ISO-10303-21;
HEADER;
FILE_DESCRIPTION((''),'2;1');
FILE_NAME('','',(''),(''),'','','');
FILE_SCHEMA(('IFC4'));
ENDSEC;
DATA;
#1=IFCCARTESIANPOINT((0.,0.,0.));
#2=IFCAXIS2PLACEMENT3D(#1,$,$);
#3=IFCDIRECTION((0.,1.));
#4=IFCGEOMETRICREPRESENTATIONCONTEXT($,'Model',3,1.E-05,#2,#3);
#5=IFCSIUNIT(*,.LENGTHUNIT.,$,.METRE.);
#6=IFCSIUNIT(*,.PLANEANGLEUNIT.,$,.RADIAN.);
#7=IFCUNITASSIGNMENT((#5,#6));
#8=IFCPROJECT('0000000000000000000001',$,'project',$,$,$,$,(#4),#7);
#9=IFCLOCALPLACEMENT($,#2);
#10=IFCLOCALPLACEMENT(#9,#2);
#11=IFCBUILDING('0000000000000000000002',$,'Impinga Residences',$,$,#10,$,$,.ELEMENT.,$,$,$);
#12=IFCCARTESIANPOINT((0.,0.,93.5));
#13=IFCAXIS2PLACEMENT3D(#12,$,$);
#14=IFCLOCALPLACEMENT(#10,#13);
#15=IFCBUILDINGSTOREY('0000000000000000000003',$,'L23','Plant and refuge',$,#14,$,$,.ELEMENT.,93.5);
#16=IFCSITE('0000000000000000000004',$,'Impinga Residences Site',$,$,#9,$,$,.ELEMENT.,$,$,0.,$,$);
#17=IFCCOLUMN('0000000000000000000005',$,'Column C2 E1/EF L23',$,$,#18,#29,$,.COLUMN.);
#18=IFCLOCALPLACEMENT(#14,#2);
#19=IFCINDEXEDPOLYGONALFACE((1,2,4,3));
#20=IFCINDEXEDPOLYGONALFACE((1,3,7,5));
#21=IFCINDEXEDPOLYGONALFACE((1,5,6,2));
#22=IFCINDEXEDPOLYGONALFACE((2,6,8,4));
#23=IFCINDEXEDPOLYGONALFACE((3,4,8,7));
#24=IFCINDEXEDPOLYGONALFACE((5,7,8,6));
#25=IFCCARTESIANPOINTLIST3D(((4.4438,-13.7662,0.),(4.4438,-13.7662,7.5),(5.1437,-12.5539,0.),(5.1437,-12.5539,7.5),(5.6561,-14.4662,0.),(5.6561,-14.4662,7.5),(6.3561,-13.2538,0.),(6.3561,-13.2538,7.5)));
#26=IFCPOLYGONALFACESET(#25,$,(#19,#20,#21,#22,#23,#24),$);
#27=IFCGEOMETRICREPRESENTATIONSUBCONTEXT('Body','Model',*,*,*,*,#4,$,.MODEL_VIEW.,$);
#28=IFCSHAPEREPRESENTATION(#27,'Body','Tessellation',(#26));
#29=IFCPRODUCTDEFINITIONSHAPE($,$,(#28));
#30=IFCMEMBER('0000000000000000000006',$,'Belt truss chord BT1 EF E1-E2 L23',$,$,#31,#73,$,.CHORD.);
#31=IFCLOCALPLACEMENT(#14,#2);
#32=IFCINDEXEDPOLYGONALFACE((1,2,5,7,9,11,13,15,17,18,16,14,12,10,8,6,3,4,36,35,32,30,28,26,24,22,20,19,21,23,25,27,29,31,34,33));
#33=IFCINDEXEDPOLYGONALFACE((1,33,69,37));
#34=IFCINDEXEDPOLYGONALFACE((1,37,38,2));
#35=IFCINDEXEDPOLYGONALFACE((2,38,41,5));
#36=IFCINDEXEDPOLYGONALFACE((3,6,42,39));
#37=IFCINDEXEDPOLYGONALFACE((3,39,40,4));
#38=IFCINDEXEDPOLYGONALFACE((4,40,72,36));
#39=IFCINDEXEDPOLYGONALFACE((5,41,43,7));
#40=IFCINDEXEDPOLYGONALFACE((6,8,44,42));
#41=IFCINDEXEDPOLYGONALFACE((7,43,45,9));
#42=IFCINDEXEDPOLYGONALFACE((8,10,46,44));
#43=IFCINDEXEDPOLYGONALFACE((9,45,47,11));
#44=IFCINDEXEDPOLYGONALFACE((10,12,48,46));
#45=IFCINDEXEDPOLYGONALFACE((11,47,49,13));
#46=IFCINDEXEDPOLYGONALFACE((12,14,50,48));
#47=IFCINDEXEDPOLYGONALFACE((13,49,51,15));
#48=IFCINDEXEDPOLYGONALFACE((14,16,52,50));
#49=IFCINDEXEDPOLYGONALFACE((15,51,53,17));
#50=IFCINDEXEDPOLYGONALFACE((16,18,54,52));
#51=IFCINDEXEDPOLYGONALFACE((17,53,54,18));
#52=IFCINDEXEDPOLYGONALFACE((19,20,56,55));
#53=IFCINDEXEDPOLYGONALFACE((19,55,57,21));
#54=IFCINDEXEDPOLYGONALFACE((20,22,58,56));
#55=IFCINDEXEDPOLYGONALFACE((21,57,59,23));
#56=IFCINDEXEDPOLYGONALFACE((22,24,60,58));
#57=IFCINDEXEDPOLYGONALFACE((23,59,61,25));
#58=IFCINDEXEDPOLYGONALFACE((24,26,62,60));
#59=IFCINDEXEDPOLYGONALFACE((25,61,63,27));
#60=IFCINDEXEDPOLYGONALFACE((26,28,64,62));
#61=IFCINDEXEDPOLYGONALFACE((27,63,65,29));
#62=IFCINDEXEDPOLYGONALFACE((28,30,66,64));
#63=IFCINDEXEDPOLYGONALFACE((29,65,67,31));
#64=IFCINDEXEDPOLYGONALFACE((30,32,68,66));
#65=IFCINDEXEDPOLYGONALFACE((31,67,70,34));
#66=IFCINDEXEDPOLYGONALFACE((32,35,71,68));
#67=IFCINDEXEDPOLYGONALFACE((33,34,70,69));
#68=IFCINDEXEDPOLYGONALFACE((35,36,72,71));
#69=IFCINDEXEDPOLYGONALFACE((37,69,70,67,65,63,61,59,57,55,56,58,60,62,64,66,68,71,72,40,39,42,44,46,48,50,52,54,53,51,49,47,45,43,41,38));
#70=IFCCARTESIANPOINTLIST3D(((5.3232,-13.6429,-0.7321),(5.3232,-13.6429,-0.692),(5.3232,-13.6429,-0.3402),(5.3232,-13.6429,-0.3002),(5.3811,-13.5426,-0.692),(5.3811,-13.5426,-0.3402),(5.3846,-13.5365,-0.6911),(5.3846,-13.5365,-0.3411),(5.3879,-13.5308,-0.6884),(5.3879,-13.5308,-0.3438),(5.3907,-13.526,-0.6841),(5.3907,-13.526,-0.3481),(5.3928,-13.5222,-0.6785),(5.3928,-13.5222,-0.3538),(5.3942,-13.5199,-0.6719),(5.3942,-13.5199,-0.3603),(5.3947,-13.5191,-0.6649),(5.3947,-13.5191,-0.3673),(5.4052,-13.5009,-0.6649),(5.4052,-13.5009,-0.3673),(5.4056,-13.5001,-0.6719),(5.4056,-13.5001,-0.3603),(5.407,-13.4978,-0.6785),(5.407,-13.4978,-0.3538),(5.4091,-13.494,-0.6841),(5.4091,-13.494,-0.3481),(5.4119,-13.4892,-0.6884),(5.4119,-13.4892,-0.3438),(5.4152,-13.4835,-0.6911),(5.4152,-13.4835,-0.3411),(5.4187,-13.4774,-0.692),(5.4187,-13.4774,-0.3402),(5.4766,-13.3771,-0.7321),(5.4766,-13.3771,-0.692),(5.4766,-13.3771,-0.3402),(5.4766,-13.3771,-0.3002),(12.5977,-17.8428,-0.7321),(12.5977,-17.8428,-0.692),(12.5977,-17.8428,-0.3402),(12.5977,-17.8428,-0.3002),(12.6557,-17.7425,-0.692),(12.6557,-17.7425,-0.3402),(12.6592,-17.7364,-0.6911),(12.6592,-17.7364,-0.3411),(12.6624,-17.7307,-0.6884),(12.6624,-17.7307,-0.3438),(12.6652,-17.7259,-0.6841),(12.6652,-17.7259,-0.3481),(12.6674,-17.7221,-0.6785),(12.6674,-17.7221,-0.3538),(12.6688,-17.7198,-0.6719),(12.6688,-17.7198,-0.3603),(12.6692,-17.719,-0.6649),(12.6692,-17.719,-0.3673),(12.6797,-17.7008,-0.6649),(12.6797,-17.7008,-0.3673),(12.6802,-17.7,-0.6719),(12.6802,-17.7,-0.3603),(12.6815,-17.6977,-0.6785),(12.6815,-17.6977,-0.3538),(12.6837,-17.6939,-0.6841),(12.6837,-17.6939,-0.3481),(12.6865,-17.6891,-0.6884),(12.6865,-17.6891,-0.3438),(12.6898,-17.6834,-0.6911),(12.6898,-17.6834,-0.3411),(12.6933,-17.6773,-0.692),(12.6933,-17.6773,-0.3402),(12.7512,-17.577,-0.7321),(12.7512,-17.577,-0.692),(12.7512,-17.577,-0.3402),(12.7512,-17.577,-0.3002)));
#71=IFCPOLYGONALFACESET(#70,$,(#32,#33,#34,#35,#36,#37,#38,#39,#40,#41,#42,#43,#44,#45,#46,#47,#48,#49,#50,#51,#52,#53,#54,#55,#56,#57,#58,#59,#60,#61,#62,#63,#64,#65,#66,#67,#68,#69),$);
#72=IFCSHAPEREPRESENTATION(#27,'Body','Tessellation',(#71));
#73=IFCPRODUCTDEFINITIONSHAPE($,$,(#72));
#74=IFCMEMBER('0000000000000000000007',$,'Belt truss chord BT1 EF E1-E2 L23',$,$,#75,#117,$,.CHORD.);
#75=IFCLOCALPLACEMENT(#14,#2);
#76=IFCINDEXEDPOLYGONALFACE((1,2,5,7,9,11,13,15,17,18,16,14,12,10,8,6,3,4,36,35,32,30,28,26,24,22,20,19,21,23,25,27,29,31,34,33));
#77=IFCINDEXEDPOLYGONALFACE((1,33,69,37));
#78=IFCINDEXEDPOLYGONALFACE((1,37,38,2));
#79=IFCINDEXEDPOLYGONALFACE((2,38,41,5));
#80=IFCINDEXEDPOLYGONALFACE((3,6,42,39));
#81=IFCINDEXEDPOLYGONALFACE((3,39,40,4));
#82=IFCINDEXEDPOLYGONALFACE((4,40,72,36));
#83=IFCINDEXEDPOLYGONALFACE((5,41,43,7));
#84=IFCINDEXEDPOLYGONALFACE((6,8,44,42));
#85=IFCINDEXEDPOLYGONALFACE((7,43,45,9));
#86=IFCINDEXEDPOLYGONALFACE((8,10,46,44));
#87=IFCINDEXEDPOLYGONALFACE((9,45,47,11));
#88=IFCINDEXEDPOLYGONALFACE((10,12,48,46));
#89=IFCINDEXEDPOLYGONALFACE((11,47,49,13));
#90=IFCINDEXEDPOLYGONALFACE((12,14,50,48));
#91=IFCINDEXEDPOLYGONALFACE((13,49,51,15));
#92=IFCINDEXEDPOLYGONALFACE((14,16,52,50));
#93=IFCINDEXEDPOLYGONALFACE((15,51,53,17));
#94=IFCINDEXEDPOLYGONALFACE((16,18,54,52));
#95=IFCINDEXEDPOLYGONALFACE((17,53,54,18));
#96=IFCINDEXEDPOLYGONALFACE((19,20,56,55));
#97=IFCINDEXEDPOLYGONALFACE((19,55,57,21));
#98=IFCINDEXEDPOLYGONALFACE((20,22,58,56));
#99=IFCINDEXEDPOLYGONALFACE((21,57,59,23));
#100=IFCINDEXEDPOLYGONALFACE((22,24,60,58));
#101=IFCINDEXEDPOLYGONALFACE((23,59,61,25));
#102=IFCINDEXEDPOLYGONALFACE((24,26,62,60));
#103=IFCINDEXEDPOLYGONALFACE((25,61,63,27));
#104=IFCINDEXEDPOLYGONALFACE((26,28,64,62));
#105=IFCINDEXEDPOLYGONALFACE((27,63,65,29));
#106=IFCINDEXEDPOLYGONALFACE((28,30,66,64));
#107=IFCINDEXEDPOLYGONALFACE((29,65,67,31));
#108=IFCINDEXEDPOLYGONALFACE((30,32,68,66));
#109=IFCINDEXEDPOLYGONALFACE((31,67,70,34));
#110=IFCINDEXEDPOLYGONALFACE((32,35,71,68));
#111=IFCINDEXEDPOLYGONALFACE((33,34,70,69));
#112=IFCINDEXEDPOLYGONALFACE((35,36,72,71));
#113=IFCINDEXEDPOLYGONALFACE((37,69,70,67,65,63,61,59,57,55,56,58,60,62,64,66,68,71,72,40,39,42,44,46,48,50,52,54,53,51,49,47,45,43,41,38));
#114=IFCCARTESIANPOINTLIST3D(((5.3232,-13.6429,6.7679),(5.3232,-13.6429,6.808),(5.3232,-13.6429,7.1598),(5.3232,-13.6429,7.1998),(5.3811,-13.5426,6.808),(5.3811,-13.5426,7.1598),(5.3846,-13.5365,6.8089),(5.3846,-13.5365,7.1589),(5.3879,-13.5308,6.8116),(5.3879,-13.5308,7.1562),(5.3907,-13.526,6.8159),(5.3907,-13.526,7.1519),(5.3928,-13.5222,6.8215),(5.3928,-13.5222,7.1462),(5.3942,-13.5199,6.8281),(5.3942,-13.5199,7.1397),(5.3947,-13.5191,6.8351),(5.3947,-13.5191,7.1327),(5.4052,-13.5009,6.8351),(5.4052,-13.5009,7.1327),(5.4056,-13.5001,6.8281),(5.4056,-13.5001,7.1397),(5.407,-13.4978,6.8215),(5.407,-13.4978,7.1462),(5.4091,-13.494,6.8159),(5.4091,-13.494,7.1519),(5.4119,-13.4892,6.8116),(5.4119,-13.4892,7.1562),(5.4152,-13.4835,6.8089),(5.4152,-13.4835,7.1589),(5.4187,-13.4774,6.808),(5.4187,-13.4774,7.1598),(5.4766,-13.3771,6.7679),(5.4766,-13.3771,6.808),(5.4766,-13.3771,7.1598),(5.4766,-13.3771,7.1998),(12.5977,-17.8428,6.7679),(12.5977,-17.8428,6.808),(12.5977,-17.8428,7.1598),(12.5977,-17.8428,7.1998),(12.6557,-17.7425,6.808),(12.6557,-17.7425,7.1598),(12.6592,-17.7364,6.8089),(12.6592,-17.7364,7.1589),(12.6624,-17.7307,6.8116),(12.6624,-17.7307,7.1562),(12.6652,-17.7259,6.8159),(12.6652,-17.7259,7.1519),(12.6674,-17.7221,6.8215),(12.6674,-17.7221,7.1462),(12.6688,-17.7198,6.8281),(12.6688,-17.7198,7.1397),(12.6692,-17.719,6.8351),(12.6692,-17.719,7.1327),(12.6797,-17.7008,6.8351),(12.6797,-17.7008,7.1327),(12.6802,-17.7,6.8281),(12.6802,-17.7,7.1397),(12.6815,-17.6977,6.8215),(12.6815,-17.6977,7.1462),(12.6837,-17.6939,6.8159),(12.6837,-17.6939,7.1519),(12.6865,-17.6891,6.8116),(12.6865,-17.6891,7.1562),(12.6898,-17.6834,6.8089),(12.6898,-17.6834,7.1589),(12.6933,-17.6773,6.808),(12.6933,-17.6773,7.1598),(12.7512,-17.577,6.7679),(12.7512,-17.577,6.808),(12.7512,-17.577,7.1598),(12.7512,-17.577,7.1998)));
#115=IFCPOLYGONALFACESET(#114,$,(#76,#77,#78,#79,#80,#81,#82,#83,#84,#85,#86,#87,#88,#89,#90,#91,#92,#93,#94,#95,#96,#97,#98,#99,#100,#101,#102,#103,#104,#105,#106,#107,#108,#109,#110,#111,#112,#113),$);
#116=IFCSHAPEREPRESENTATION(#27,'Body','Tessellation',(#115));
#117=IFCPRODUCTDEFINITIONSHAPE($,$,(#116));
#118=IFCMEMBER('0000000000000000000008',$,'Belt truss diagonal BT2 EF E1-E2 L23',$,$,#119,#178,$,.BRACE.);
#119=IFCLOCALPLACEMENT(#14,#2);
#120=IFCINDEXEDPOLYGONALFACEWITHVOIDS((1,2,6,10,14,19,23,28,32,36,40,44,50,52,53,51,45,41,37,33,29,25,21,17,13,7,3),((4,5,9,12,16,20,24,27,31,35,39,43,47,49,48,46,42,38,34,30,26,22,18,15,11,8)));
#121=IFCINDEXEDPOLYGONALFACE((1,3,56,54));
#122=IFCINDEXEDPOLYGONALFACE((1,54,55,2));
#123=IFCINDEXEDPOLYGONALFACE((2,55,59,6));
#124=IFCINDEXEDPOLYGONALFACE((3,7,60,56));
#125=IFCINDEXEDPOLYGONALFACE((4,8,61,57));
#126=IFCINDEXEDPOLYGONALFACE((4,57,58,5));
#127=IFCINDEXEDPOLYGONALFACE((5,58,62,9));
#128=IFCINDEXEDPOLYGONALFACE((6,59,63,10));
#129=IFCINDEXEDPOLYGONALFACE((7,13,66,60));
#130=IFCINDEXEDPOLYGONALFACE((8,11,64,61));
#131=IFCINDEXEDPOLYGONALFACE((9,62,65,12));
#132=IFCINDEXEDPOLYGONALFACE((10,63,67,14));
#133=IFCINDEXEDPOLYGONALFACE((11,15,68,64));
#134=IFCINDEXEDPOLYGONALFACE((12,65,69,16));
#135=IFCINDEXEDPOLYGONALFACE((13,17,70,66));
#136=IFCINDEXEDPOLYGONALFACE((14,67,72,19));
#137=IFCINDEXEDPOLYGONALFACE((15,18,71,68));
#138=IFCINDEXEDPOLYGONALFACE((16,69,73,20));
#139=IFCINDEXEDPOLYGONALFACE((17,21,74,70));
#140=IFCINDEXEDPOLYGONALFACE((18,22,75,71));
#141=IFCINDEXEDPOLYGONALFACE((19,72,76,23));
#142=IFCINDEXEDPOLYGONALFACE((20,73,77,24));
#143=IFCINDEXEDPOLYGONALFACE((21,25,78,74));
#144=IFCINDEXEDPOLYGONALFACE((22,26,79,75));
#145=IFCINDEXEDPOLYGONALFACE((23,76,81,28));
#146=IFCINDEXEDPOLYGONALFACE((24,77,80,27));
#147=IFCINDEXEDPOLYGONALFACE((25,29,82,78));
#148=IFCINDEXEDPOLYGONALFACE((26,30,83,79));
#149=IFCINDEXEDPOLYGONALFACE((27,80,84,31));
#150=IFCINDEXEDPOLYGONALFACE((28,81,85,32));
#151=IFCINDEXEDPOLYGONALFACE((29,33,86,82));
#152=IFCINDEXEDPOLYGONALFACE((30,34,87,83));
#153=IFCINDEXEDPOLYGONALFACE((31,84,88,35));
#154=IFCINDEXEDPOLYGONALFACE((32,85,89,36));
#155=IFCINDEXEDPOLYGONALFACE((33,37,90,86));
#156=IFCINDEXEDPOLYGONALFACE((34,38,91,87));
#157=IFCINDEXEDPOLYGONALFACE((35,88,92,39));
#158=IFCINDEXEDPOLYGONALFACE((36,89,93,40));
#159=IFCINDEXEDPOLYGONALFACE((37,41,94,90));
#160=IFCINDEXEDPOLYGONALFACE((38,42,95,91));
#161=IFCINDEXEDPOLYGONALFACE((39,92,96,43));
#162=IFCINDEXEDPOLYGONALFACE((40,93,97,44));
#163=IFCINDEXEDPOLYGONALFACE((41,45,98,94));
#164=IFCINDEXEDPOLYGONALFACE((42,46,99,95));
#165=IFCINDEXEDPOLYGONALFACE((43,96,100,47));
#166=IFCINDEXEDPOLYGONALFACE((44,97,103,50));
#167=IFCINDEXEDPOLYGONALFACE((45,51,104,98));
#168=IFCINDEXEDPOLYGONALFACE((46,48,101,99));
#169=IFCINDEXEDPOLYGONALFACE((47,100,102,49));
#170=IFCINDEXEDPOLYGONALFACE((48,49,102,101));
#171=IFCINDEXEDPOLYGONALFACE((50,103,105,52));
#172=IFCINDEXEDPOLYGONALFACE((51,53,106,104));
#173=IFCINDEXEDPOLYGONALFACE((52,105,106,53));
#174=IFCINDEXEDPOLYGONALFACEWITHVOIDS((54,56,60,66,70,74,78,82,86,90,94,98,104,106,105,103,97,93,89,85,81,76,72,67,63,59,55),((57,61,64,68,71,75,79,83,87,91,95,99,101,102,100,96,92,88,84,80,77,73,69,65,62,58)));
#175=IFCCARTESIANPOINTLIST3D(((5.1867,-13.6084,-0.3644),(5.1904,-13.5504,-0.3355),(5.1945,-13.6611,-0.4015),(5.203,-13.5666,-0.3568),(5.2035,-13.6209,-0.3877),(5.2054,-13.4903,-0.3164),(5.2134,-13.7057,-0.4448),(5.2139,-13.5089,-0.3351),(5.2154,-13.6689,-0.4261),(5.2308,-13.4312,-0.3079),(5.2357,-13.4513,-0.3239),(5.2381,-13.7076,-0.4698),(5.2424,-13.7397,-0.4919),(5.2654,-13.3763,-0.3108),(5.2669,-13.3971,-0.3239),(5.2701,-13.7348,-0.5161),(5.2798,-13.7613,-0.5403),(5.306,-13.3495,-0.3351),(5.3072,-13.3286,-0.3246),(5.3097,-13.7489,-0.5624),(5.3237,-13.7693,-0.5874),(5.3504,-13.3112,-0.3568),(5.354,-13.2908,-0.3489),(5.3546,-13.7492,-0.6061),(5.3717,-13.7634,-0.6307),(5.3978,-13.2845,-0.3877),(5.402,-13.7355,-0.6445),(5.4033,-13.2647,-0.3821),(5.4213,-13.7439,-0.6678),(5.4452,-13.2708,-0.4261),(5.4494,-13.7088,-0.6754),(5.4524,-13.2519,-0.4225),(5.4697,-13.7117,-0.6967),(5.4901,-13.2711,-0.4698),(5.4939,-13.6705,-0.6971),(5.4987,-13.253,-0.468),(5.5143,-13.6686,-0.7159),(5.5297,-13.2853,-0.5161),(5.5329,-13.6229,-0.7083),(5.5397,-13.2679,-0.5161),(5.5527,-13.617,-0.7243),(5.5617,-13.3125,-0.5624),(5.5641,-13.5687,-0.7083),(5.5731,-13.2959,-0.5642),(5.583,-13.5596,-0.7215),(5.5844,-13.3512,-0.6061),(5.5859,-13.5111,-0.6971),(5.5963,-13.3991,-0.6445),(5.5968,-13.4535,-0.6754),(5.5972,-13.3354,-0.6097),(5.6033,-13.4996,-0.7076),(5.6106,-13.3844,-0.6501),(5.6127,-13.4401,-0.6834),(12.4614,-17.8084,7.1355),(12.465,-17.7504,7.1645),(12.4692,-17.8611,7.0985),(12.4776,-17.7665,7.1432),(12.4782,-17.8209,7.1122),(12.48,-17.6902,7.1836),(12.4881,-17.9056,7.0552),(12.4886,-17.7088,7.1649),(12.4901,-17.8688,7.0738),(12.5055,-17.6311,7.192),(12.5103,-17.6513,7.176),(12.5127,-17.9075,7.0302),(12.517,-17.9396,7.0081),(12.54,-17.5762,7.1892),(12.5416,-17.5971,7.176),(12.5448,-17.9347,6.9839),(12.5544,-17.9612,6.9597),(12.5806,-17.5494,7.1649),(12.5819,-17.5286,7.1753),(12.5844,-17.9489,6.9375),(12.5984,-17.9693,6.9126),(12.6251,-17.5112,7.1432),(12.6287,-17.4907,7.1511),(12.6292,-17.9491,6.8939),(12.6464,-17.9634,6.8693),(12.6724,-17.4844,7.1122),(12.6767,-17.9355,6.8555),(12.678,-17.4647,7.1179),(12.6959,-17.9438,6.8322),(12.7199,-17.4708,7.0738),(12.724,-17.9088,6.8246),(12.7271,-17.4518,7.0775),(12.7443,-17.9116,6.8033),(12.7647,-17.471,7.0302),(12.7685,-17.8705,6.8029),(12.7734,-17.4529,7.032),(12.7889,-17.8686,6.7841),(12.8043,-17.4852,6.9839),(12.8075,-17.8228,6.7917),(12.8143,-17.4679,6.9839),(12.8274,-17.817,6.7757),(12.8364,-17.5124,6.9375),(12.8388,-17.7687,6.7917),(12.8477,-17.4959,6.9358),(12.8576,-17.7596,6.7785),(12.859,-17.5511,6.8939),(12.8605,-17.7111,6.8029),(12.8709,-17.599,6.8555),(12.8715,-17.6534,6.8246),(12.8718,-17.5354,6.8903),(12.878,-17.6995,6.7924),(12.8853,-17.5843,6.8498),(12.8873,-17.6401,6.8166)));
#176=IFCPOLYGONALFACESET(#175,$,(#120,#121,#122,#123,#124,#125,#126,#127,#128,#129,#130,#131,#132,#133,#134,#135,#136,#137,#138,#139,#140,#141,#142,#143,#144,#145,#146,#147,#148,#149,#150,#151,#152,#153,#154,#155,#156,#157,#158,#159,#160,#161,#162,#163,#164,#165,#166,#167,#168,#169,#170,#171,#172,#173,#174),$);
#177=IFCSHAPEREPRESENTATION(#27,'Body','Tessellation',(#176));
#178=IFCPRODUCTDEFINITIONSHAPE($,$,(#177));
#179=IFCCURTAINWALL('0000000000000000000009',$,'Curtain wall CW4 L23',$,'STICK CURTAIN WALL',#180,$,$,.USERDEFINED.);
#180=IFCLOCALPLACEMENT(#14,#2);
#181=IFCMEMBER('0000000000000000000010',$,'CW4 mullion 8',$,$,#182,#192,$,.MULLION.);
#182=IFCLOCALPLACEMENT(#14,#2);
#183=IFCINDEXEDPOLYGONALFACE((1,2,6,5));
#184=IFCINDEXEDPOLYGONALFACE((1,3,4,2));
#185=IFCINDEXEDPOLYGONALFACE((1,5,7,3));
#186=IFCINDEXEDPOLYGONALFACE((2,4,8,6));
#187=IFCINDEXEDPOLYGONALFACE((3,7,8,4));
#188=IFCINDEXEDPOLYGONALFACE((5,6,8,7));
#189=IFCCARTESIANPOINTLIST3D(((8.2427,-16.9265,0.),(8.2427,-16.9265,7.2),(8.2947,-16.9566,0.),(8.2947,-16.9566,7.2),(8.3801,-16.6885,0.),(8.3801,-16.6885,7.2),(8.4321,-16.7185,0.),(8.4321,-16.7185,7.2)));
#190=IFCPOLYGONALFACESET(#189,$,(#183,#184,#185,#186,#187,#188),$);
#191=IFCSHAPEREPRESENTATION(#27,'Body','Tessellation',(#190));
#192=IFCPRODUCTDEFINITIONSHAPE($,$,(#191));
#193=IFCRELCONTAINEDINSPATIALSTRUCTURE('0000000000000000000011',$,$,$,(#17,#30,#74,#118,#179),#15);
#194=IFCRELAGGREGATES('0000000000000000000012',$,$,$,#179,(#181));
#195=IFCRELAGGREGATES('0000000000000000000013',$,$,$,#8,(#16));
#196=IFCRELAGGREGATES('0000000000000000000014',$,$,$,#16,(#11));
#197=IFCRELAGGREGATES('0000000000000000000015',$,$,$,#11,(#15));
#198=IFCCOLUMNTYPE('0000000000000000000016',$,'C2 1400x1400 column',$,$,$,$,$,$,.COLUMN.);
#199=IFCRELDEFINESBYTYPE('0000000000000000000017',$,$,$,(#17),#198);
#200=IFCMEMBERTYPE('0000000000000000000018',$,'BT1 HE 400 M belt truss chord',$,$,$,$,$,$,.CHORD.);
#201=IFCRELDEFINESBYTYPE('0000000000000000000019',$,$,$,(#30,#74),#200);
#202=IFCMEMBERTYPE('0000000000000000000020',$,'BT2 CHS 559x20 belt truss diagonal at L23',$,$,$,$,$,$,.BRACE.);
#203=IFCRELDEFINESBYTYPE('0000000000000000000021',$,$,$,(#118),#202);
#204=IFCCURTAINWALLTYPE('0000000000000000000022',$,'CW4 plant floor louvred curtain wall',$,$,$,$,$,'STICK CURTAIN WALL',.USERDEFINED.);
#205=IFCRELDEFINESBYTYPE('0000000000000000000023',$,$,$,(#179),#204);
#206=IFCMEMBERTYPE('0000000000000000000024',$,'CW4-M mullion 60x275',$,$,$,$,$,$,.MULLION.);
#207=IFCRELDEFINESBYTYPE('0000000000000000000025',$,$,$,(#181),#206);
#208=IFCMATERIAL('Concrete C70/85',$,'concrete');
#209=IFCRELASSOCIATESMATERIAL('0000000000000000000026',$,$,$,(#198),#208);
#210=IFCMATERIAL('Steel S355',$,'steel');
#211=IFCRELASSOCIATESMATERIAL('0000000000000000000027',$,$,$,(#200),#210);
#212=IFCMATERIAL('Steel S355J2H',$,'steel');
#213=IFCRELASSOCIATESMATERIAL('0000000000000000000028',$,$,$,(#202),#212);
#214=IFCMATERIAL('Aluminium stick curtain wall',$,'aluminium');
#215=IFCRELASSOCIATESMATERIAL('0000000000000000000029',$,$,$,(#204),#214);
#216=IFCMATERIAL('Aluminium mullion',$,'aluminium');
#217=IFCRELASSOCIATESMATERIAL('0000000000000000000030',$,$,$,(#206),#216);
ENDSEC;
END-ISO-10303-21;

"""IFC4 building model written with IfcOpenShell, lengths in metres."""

from ifc_helpers import new_model, si_unit, direction, frame, origin, origin_2d, place, context, subcontext, project, spatial, rectangle, hollow_circle, i_section, extrude, material, material_profile, profile_set, type_object, element, aggregate, save


model = new_model("IFC4")

# Units and contexts
model_context = context("Model", 3, precision=1e-05, world=origin(), true_north=direction((0.0, 1.0)))
body_context = subcontext(model_context, "Body", "Model", "MODEL_VIEW")
ifc_project = project(units=[si_unit("LENGTHUNIT", "METRE"), si_unit("PLANEANGLEUNIT", "RADIAN")], contexts=[model_context])

# Site, building, storey
site_placement = place(None, origin())
site = spatial("IfcSite", under=ifc_project, at=site_placement, Name="Impinga Residences Site", CompositionType="ELEMENT", RefElevation=0.0)
building_placement = place(site_placement, origin())
building = spatial("IfcBuilding", under=site, at=building_placement, Name="Impinga Residences", CompositionType="ELEMENT")
storey_placement = place(building_placement, frame((0.0, 0.0, 93.5)))
storey = spatial("IfcBuildingStorey", under=building, at=storey_placement, Name="L23", Description="Plant and refuge", CompositionType="ELEMENT", Elevation=93.5)

# Column
ifc_material_1 = material(Name="Concrete C70/85", Category="concrete")
ifc_material_profile_1 = material_profile(ifc_material_1, rectangle(XDim=1.3999, YDim=1.3999, at=origin_2d()), Name="RC 1400x1400")
ifc_profile_set_1 = profile_set([ifc_material_profile_1], Name="Concrete C70/85")
column_type = type_object("IfcColumnType", Name="C2 1400x1400 column", PredefinedType="COLUMN", material=ifc_profile_set_1)
column_placement = place(storey_placement, frame((5.3999, -13.51, 0.0), z_axis=(0.0, 0.0, 1.0), x_axis=(-0.5, -0.866025, 0.0)))
element("IfcColumn", 1, at=column_placement, inside=storey, type_object=column_type, Name="Column C2 E1/EF L23", PredefinedType="COLUMN", context=body_context, shape_type="SweptSolid", body=[
    extrude(rectangle(XDim=1.3999, YDim=1.3999, at=origin_2d()), origin(), (0.0, 0.0, 1.0), 7.5),
])

# Members
ifc_material_2 = material(Name="Steel S355", Category="steel")
ifc_material_profile_2 = material_profile(ifc_material_2, i_section(OverallWidth=0.3069, OverallDepth=0.4319, WebThickness=0.021, FlangeThickness=0.04, FilletRadius=0.0271, at=origin_2d()), Name="HE 400 M")
ifc_profile_set_2 = profile_set([ifc_material_profile_2], Name="Steel S355")
member_type_1 = type_object("IfcMemberType", Name="BT1 HE 400 M belt truss chord", PredefinedType="CHORD", material=ifc_profile_set_2)
for number, where, z_axis, x_axis, name in (
    (2, (5.3999, -13.51, -0.5161), (0.866029, -0.499993, 0.0), (0.499993, 0.866029, 0.0), "Belt truss chord BT1 EF E1-E2 L23"),
    (3, (5.3999, -13.51, 6.9839), (0.866029, -0.499993, 0.0), (0.499993, 0.866029, 0.0), "Belt truss chord BT1 EF E1-E2 L23"),
):
    element("IfcMember", number, at=place(storey_placement, frame(where, z_axis=z_axis, x_axis=x_axis)), inside=storey, type_object=member_type_1, Name=name, PredefinedType="CHORD", context=body_context, shape_type="SweptSolid", body=[
        extrude(i_section(OverallWidth=0.3069, OverallDepth=0.4319, WebThickness=0.021, FlangeThickness=0.04, FilletRadius=0.0271, at=origin_2d()), origin(), (0.0, 0.0, 1.0), 8.3999),
    ])
ifc_material_3 = material(Name="Steel S355J2H", Category="steel")
ifc_material_profile_3 = material_profile(ifc_material_3, hollow_circle(Radius=0.2795, WallThickness=0.02, at=origin_2d()), Name="CHS 559x20")
ifc_profile_set_3 = profile_set([ifc_material_profile_3], Name="Steel S355J2H")
member_type_2 = type_object("IfcMemberType", Name="BT2 CHS 559x20 belt truss diagonal at L23", PredefinedType="BRACE", material=ifc_profile_set_3)
member_1_placement = place(storey_placement, frame((5.3999, -13.51, -0.5161), z_axis=(0.646004, -0.372964, 0.666015), x_axis=(0.499993, 0.866029, 0.0)))
element("IfcMember", 4, at=member_1_placement, inside=storey, type_object=member_type_2, Name="Belt truss diagonal BT2 EF E1-E2 L23", PredefinedType="BRACE", context=body_context, shape_type="SweptSolid", body=[
    extrude(hollow_circle(Radius=0.2795, WallThickness=0.02, at=origin_2d()), origin(), (0.0, 0.0, 1.0), 11.261),
])

# Curtain wall, member
ifc_material_4 = material(Name="Aluminium stick curtain wall", Category="aluminium")
curtain_wall_type = type_object("IfcCurtainWallType", Name="CW4 plant floor louvred curtain wall", ElementType="STICK CURTAIN WALL", PredefinedType="USERDEFINED", material=ifc_material_4)
curtain_wall_placement = place(storey_placement, origin())
curtain_wall = element("IfcCurtainWall", 5, at=curtain_wall_placement, inside=storey, type_object=curtain_wall_type, Name="Curtain wall CW4 L23", ObjectType="STICK CURTAIN WALL", PredefinedType="USERDEFINED")
ifc_material_5 = material(Name="Aluminium mullion", Category="aluminium")
ifc_material_profile_4 = material_profile(ifc_material_5, rectangle(XDim=0.0601, YDim=0.2749, at=origin_2d()), Name="60x275 mullion")
ifc_profile_set_4 = profile_set([ifc_material_profile_4], Name="Aluminium mullion")
member_type_3 = type_object("IfcMemberType", Name="CW4-M mullion 60x275", PredefinedType="MULLION", material=ifc_profile_set_4)
member_2_placement = place(storey_placement, frame((8.3374, -16.8225, 0.0), z_axis=(0.0, 0.0, 1.0), x_axis=(-0.866025, 0.5, 0.0)))
member_2 = element("IfcMember", 6, at=member_2_placement, type_object=member_type_3, Name="CW4 mullion 8", PredefinedType="MULLION", context=body_context, shape_type="SweptSolid", body=[
    extrude(rectangle(XDim=0.0601, YDim=0.2749, at=origin_2d()), origin(), (0.0, 0.0, 1.0), 7.2),
])
aggregate(curtain_wall, [member_2])

save(model, "model.ifc")
